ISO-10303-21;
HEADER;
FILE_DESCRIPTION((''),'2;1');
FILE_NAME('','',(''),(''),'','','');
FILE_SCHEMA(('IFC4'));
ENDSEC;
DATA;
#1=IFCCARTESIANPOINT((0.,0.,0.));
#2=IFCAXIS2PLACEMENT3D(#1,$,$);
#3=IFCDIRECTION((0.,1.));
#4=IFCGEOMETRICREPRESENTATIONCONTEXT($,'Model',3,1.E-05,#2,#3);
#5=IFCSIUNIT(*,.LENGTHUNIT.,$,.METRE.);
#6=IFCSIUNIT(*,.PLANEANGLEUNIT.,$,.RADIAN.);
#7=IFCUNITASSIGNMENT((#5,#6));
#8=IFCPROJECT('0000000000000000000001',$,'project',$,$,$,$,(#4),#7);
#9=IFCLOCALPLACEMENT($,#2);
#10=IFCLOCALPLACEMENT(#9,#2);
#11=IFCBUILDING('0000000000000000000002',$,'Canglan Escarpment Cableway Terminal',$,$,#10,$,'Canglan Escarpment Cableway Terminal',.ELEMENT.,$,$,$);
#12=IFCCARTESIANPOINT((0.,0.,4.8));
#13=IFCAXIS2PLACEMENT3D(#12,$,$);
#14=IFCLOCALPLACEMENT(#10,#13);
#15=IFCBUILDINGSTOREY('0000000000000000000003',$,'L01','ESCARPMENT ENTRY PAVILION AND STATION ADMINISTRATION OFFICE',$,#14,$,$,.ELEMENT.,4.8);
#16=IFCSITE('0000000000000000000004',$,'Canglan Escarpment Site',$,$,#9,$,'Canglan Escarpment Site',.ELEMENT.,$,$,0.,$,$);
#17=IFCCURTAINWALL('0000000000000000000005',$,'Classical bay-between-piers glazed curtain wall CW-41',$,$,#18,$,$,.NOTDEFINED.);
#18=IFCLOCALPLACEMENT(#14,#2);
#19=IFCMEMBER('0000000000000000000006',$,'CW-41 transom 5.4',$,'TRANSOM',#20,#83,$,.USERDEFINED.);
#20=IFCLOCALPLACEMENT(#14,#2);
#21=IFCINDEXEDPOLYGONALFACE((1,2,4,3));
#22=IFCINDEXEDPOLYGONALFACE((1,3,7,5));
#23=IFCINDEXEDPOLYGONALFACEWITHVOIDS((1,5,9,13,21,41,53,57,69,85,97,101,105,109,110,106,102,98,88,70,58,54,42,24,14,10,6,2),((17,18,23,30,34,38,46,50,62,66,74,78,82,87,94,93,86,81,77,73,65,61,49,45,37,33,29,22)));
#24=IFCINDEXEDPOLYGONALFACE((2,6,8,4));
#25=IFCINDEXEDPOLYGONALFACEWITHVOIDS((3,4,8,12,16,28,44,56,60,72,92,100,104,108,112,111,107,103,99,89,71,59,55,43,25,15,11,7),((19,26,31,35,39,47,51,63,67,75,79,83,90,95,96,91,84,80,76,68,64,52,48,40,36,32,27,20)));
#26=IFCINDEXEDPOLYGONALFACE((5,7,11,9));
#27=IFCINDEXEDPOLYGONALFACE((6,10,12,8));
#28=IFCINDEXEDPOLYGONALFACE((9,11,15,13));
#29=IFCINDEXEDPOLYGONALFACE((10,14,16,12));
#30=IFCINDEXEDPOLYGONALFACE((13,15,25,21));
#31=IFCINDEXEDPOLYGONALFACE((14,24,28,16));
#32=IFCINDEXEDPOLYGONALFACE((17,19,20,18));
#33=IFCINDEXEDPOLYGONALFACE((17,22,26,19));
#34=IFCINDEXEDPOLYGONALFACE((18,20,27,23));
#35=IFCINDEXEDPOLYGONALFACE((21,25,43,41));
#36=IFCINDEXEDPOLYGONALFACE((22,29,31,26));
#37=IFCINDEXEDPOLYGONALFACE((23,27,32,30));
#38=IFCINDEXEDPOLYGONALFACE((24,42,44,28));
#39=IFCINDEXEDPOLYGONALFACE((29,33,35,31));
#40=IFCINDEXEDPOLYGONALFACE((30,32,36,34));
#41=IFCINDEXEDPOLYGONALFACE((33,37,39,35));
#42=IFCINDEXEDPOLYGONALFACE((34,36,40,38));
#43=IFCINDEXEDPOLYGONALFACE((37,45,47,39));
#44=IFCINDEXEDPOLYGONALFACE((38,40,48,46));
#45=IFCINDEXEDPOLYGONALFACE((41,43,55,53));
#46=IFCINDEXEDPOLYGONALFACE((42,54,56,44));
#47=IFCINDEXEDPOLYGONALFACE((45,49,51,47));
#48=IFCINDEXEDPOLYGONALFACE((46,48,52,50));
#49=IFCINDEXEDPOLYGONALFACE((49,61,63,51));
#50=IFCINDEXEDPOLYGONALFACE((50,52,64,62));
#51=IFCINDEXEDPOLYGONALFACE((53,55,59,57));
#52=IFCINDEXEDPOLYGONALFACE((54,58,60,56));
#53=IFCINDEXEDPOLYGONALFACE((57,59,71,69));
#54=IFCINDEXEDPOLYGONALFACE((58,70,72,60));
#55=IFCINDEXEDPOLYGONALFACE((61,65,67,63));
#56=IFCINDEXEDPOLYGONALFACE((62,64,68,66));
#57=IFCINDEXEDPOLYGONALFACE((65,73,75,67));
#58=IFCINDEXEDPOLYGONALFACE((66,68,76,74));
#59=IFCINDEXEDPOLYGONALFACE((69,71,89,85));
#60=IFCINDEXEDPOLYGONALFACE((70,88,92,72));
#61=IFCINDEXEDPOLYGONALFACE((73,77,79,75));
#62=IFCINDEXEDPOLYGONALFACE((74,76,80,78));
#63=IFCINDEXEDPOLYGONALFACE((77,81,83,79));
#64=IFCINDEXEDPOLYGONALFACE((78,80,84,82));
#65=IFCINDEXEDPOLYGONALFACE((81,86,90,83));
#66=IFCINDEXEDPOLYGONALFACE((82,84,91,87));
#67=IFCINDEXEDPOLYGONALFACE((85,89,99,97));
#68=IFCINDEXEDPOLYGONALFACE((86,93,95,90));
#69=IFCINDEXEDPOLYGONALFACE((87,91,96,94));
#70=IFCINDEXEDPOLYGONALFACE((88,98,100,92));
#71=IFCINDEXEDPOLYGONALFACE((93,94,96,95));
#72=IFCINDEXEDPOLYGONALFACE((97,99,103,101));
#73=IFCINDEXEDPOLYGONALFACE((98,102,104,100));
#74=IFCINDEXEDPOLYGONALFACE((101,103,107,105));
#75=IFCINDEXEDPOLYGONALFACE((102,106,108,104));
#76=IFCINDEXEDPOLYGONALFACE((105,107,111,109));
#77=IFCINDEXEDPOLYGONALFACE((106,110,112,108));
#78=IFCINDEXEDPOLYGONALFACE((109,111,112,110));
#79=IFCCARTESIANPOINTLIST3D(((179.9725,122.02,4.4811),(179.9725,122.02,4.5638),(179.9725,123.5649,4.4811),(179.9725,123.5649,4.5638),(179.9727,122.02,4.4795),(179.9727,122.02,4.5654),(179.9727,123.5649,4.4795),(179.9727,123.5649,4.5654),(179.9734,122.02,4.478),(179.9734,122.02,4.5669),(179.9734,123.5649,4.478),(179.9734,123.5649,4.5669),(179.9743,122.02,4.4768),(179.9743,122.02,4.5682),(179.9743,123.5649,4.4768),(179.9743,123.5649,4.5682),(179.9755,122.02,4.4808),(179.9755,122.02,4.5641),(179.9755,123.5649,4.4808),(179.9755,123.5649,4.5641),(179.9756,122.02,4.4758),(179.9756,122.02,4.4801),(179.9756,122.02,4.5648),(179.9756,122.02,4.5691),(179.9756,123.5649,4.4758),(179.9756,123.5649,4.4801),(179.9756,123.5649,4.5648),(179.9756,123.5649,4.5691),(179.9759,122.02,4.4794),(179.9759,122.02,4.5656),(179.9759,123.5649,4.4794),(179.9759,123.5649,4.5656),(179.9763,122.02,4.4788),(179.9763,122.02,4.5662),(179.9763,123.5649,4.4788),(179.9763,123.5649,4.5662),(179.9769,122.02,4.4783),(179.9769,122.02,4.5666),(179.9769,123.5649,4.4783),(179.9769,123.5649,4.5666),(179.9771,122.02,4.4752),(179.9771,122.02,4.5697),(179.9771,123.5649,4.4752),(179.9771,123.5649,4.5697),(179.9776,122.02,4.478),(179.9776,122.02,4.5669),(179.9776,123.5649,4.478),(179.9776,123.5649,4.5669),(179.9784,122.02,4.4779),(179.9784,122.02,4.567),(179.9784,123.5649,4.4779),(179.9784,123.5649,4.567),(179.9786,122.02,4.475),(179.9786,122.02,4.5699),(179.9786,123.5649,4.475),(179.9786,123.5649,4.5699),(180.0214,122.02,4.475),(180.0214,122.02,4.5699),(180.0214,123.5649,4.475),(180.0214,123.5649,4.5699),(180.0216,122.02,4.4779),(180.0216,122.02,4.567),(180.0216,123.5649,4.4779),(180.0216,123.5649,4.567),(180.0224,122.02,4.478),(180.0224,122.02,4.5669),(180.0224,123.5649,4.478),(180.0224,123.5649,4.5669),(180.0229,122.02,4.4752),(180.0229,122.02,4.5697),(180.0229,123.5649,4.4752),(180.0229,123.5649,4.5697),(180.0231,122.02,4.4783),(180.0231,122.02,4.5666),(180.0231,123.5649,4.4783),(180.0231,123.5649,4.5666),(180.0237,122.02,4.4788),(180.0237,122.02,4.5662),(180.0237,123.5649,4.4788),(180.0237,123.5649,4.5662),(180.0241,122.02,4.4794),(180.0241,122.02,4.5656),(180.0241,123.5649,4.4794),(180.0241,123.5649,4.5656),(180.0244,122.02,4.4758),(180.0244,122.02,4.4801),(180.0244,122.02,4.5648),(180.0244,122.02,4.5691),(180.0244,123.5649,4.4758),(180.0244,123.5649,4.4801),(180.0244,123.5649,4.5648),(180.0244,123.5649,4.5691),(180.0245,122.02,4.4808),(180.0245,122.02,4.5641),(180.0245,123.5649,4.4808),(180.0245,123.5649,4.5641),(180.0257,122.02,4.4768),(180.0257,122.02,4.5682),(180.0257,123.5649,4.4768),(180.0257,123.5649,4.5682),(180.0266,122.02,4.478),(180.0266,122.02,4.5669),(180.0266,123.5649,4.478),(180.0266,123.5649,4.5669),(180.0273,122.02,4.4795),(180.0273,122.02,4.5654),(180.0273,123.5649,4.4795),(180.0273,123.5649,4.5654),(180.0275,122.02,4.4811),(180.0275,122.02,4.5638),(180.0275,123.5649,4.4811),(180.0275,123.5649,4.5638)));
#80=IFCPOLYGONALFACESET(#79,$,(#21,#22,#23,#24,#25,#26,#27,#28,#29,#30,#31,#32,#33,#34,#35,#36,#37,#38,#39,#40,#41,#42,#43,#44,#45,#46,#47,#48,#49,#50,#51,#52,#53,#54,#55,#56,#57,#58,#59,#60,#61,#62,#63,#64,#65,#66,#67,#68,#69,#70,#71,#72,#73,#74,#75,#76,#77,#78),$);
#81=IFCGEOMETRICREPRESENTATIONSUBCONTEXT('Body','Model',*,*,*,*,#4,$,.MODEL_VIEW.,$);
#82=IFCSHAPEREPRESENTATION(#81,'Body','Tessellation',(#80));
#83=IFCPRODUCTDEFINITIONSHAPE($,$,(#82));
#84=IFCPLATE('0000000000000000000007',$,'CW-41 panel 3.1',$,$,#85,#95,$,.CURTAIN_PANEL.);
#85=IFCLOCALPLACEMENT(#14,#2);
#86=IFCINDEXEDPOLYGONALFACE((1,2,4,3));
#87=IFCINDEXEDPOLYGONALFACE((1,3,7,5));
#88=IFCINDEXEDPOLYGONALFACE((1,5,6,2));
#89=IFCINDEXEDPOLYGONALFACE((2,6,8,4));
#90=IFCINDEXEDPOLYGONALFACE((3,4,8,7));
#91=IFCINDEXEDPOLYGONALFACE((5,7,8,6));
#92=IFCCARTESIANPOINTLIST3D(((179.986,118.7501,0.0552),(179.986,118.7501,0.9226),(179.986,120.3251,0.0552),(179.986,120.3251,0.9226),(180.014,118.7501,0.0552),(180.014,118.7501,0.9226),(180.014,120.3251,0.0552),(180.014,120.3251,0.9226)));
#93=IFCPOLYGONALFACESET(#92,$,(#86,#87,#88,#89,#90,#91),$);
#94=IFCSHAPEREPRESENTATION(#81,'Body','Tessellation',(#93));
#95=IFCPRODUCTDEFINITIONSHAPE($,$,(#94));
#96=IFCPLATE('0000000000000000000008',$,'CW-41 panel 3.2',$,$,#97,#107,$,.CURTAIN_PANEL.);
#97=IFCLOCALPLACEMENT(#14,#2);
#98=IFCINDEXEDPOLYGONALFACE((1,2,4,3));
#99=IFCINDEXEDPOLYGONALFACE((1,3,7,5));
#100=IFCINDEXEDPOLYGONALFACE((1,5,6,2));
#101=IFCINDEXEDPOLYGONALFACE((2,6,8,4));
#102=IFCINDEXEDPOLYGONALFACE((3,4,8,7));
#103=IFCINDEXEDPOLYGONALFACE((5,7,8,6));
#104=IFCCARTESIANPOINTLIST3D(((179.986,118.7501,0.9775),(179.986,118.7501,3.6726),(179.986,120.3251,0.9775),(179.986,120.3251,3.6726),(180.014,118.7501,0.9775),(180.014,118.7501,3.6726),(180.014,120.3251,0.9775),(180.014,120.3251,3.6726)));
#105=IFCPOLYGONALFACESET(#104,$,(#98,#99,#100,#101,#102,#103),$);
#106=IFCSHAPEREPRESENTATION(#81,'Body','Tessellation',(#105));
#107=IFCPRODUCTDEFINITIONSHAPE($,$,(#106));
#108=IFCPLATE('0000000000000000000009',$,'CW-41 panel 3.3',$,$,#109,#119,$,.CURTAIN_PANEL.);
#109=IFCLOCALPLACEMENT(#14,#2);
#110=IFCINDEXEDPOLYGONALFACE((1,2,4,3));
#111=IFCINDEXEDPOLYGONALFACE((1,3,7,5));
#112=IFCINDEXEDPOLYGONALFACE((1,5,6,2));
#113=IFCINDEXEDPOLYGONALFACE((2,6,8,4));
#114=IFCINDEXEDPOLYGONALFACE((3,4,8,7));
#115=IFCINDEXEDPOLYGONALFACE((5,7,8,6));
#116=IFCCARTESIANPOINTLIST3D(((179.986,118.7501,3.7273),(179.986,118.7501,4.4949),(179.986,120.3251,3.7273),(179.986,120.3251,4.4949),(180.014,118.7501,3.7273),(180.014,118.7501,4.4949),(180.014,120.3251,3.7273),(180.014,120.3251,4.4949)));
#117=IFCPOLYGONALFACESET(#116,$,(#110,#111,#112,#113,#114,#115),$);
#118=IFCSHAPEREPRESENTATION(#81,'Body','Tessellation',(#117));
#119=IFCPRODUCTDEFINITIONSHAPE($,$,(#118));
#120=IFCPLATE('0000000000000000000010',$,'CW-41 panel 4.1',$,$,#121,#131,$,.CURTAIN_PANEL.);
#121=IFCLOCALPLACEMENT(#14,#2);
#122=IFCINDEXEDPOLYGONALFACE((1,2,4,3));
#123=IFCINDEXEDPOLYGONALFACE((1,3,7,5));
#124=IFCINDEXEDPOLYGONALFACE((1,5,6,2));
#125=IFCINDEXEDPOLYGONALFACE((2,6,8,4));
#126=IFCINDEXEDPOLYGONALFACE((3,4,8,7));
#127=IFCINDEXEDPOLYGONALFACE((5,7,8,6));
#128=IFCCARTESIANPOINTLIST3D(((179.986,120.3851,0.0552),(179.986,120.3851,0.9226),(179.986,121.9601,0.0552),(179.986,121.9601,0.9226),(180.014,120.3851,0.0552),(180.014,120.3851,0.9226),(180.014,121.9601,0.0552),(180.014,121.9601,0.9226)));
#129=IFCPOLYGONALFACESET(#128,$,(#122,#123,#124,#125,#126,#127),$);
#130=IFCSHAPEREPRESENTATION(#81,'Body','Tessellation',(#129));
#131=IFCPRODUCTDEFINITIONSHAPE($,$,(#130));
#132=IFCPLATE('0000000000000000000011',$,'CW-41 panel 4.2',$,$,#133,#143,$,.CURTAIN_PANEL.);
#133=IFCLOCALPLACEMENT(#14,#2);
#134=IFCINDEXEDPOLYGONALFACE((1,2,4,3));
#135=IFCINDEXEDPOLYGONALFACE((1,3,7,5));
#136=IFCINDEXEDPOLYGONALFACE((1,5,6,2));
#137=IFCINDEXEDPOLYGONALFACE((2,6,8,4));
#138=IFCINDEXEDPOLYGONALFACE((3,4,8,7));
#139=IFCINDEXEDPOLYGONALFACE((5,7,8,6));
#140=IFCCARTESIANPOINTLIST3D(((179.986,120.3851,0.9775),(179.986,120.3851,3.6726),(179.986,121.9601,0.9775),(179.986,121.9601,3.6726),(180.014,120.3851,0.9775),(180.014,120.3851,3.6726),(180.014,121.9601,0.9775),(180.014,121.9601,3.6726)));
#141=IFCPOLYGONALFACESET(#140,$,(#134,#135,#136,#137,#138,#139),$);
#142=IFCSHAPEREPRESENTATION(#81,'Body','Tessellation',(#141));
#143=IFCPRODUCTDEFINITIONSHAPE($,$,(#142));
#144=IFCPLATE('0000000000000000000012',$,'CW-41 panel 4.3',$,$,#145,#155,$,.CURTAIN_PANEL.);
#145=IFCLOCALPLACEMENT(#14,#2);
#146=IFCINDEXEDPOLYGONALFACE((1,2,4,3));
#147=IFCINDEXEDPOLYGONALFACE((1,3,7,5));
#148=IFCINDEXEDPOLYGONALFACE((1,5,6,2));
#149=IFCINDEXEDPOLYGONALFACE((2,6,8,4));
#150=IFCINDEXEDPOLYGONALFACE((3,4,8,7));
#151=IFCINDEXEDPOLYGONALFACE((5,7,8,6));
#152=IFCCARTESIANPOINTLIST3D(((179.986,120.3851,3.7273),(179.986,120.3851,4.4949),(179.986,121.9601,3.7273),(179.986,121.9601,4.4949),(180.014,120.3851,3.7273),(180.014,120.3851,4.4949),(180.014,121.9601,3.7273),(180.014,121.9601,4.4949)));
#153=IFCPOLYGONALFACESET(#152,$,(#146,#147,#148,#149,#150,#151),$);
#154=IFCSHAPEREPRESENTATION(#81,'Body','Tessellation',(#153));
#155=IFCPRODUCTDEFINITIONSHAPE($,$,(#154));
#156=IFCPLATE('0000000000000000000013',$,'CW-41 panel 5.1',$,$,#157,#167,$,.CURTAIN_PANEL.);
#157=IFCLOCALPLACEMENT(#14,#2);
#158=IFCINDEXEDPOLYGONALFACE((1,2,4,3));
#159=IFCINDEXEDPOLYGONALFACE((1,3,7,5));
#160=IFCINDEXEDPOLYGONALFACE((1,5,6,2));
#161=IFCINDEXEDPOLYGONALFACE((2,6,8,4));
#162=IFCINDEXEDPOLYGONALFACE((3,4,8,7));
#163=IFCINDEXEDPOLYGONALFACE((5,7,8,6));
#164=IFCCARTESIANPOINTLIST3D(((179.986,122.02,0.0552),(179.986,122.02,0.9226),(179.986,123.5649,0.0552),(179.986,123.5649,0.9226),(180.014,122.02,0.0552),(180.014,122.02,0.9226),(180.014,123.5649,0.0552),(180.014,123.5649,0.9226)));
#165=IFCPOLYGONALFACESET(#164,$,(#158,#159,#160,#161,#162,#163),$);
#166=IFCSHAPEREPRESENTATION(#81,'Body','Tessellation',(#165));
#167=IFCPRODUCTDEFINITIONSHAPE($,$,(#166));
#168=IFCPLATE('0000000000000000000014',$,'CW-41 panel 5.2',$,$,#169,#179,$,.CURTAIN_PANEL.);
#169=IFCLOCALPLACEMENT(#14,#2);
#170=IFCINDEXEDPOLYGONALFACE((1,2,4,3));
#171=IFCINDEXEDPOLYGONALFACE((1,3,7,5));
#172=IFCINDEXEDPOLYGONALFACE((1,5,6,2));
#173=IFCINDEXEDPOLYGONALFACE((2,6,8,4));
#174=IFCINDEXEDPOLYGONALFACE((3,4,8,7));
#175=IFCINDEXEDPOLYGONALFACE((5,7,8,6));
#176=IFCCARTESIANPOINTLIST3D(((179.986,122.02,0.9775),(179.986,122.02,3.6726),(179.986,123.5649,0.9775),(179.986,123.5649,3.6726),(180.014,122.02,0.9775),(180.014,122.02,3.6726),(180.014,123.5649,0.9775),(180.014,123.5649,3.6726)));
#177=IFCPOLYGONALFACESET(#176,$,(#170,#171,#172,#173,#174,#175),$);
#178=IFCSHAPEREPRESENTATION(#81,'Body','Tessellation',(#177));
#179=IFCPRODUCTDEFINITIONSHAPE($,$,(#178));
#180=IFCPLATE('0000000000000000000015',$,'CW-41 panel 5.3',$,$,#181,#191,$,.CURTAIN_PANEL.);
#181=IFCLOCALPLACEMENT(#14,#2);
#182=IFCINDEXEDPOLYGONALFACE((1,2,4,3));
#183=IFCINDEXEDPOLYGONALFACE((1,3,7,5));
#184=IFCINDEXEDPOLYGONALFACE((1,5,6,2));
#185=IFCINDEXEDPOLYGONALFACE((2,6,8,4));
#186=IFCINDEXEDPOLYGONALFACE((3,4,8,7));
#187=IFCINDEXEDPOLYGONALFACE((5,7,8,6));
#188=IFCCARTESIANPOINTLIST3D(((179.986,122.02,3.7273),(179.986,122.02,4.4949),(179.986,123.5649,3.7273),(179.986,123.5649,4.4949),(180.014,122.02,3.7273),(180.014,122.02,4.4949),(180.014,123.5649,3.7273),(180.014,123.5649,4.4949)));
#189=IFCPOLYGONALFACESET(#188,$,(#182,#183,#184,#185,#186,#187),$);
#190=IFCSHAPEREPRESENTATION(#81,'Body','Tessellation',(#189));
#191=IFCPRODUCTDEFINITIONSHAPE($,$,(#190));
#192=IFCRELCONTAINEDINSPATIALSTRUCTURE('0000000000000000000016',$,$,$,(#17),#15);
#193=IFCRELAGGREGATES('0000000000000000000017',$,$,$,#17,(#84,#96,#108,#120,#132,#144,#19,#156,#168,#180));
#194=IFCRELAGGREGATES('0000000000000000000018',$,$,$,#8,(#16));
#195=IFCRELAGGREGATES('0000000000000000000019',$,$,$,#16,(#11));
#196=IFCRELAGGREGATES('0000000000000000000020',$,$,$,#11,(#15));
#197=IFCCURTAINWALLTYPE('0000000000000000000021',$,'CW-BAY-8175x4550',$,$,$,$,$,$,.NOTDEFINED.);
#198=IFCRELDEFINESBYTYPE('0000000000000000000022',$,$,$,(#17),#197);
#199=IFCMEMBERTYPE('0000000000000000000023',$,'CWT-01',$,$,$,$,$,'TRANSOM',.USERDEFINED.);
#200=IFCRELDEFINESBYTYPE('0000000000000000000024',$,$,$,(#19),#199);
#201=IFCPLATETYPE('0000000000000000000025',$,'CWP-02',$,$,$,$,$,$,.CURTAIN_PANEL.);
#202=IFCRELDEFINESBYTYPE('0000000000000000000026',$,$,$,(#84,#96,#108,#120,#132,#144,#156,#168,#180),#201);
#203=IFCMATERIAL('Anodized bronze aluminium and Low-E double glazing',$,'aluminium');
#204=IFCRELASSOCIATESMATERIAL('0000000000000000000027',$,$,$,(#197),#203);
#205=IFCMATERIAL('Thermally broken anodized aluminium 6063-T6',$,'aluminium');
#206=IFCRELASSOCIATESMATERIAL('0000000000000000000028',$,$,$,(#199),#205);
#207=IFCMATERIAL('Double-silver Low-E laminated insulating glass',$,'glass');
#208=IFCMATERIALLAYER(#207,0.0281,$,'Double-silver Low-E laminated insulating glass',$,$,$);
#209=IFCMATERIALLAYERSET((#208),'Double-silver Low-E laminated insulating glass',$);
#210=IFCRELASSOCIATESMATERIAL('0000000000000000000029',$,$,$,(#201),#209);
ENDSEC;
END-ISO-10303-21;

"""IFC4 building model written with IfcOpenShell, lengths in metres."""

from ifc_helpers import new_model, si_unit, direction, frame, origin, origin_2d, place, context, subcontext, project, spatial, rectangle, hollow_rectangle, extrude, material, layer, layer_set, material_profile, profile_set, type_object, element, aggregate, save


model = new_model("IFC4")

# Units and contexts
model_context = context("Model", 3, precision=1e-05, world=origin(), true_north=direction((0.0, 1.0)))
body_context = subcontext(model_context, "Body", "Model", "MODEL_VIEW")
ifc_project = project(units=[si_unit("LENGTHUNIT", "METRE"), si_unit("PLANEANGLEUNIT", "RADIAN")], contexts=[model_context])

# Site, building, storey
site_placement = place(None, origin())
site = spatial("IfcSite", under=ifc_project, at=site_placement, Name="Canglan Escarpment Site", LongName="Canglan Escarpment Site", CompositionType="ELEMENT", RefElevation=0.0)
building_placement = place(site_placement, origin())
building = spatial("IfcBuilding", under=site, at=building_placement, Name="Canglan Escarpment Cableway Terminal", LongName="Canglan Escarpment Cableway Terminal", CompositionType="ELEMENT")
storey_placement = place(building_placement, frame((0.0, 0.0, 4.8)))
storey = spatial("IfcBuildingStorey", under=building, at=storey_placement, Name="L01", Description="ESCARPMENT ENTRY PAVILION AND STATION ADMINISTRATION OFFICE", CompositionType="ELEMENT", Elevation=4.8)

# Curtain wall, member, plates
ifc_material_1 = material(Name="Anodized bronze aluminium and Low-E double glazing", Category="aluminium")
curtain_wall_type = type_object("IfcCurtainWallType", Name="CW-BAY-8175x4550", PredefinedType="NOTDEFINED", material=ifc_material_1)
curtain_wall_placement = place(storey_placement, origin())
curtain_wall = element("IfcCurtainWall", 1, at=curtain_wall_placement, inside=storey, type_object=curtain_wall_type, Name="Classical bay-between-piers glazed curtain wall CW-41", PredefinedType="NOTDEFINED")
ifc_material_2 = material(Name="Thermally broken anodized aluminium 6063-T6", Category="aluminium")
ifc_material_profile_1 = material_profile(ifc_material_2, hollow_rectangle(XDim=0.0549, YDim=0.095, WallThickness=0.0029, InnerFilletRadius=0.0029, OuterFilletRadius=0.0061, at=origin_2d()), Name="ALU-TRAN 55x95x3")
ifc_profile_set_1 = profile_set([ifc_material_profile_1], Name="Thermally broken anodized aluminium 6063-T6")
member_type_1 = type_object("IfcMemberType", Name="CWT-01", ElementType="TRANSOM", PredefinedType="USERDEFINED", material=ifc_profile_set_1)
member_1_placement = place(storey_placement, frame((180.0, 122.02, 4.5225), z_axis=(0.0, 1.0, 0.0), x_axis=(-1.0, 0.0, 0.0)))
member_1 = element("IfcMember", 2, at=member_1_placement, type_object=member_type_1, Name="CW-41 transom 5.4", ObjectType="TRANSOM", PredefinedType="USERDEFINED", context=body_context, shape_type="SweptSolid", body=[
    extrude(hollow_rectangle(XDim=0.0549, YDim=0.095, WallThickness=0.0029, InnerFilletRadius=0.0029, OuterFilletRadius=0.0061, at=origin_2d()), origin(), (0.0, 0.0, 1.0), 1.5449),
])
ifc_material_3 = material(Name="Double-silver Low-E laminated insulating glass", Category="glass")
ifc_layer = layer(ifc_material_3, 0.0281, Name="Double-silver Low-E laminated insulating glass")
ifc_layer_set = layer_set([ifc_layer], Name="Double-silver Low-E laminated insulating glass")
plate_type = type_object("IfcPlateType", Name="CWP-02", PredefinedType="CURTAIN_PANEL", material=ifc_layer_set)
plate_1_placement = place(storey_placement, frame((180.0, 119.5376, 0.0552), z_axis=(0.0, 0.0, 1.0), x_axis=(0.0, 1.0, 0.0)))
plate_1 = element("IfcPlate", 3, at=plate_1_placement, type_object=plate_type, Name="CW-41 panel 3.1", PredefinedType="CURTAIN_PANEL", context=body_context, shape_type="SweptSolid", body=[
    extrude(rectangle(XDim=1.575, YDim=0.0281, at=origin_2d()), origin(), (0.0, 0.0, 1.0), 0.8674),
])
plate_2_placement = place(storey_placement, frame((180.0, 119.5376, 0.9775), z_axis=(0.0, 0.0, 1.0), x_axis=(0.0, 1.0, 0.0)))
plate_2 = element("IfcPlate", 4, at=plate_2_placement, type_object=plate_type, Name="CW-41 panel 3.2", PredefinedType="CURTAIN_PANEL", context=body_context, shape_type="SweptSolid", body=[
    extrude(rectangle(XDim=1.575, YDim=0.0281, at=origin_2d()), origin(), (0.0, 0.0, 1.0), 2.6951),
])
plate_3_placement = place(storey_placement, frame((180.0, 119.5376, 3.7273), z_axis=(0.0, 0.0, 1.0), x_axis=(0.0, 1.0, 0.0)))
plate_3 = element("IfcPlate", 5, at=plate_3_placement, type_object=plate_type, Name="CW-41 panel 3.3", PredefinedType="CURTAIN_PANEL", context=body_context, shape_type="SweptSolid", body=[
    extrude(rectangle(XDim=1.575, YDim=0.0281, at=origin_2d()), origin(), (0.0, 0.0, 1.0), 0.7676),
])
plate_4_placement = place(storey_placement, frame((180.0, 121.1726, 0.0552), z_axis=(0.0, 0.0, 1.0), x_axis=(0.0, 1.0, 0.0)))
plate_4 = element("IfcPlate", 6, at=plate_4_placement, type_object=plate_type, Name="CW-41 panel 4.1", PredefinedType="CURTAIN_PANEL", context=body_context, shape_type="SweptSolid", body=[
    extrude(rectangle(XDim=1.575, YDim=0.0281, at=origin_2d()), origin(), (0.0, 0.0, 1.0), 0.8674),
])
plate_5_placement = place(storey_placement, frame((180.0, 121.1726, 0.9775), z_axis=(0.0, 0.0, 1.0), x_axis=(0.0, 1.0, 0.0)))
plate_5 = element("IfcPlate", 7, at=plate_5_placement, type_object=plate_type, Name="CW-41 panel 4.2", PredefinedType="CURTAIN_PANEL", context=body_context, shape_type="SweptSolid", body=[
    extrude(rectangle(XDim=1.575, YDim=0.0281, at=origin_2d()), origin(), (0.0, 0.0, 1.0), 2.6951),
])
plate_6_placement = place(storey_placement, frame((180.0, 121.1726, 3.7273), z_axis=(0.0, 0.0, 1.0), x_axis=(0.0, 1.0, 0.0)))
plate_6 = element("IfcPlate", 8, at=plate_6_placement, type_object=plate_type, Name="CW-41 panel 4.3", PredefinedType="CURTAIN_PANEL", context=body_context, shape_type="SweptSolid", body=[
    extrude(rectangle(XDim=1.575, YDim=0.0281, at=origin_2d()), origin(), (0.0, 0.0, 1.0), 0.7676),
])
plate_7_placement = place(storey_placement, frame((180.0, 122.7925, 0.0552), z_axis=(0.0, 0.0, 1.0), x_axis=(0.0, 1.0, 0.0)))
plate_7 = element("IfcPlate", 9, at=plate_7_placement, type_object=plate_type, Name="CW-41 panel 5.1", PredefinedType="CURTAIN_PANEL", context=body_context, shape_type="SweptSolid", body=[
    extrude(rectangle(XDim=1.5449, YDim=0.0281, at=origin_2d()), origin(), (0.0, 0.0, 1.0), 0.8674),
])
plate_8_placement = place(storey_placement, frame((180.0, 122.7925, 0.9775), z_axis=(0.0, 0.0, 1.0), x_axis=(0.0, 1.0, 0.0)))
plate_8 = element("IfcPlate", 10, at=plate_8_placement, type_object=plate_type, Name="CW-41 panel 5.2", PredefinedType="CURTAIN_PANEL", context=body_context, shape_type="SweptSolid", body=[
    extrude(rectangle(XDim=1.5449, YDim=0.0281, at=origin_2d()), origin(), (0.0, 0.0, 1.0), 2.6951),
])
plate_9_placement = place(storey_placement, frame((180.0, 122.7925, 3.7273), z_axis=(0.0, 0.0, 1.0), x_axis=(0.0, 1.0, 0.0)))
plate_9 = element("IfcPlate", 11, at=plate_9_placement, type_object=plate_type, Name="CW-41 panel 5.3", PredefinedType="CURTAIN_PANEL", context=body_context, shape_type="SweptSolid", body=[
    extrude(rectangle(XDim=1.5449, YDim=0.0281, at=origin_2d()), origin(), (0.0, 0.0, 1.0), 0.7676),
])
aggregate(curtain_wall, [plate_1, plate_2, plate_3, plate_4, plate_5, plate_6, member_1, plate_7, plate_8, plate_9])

save(model, "model.ifc")
